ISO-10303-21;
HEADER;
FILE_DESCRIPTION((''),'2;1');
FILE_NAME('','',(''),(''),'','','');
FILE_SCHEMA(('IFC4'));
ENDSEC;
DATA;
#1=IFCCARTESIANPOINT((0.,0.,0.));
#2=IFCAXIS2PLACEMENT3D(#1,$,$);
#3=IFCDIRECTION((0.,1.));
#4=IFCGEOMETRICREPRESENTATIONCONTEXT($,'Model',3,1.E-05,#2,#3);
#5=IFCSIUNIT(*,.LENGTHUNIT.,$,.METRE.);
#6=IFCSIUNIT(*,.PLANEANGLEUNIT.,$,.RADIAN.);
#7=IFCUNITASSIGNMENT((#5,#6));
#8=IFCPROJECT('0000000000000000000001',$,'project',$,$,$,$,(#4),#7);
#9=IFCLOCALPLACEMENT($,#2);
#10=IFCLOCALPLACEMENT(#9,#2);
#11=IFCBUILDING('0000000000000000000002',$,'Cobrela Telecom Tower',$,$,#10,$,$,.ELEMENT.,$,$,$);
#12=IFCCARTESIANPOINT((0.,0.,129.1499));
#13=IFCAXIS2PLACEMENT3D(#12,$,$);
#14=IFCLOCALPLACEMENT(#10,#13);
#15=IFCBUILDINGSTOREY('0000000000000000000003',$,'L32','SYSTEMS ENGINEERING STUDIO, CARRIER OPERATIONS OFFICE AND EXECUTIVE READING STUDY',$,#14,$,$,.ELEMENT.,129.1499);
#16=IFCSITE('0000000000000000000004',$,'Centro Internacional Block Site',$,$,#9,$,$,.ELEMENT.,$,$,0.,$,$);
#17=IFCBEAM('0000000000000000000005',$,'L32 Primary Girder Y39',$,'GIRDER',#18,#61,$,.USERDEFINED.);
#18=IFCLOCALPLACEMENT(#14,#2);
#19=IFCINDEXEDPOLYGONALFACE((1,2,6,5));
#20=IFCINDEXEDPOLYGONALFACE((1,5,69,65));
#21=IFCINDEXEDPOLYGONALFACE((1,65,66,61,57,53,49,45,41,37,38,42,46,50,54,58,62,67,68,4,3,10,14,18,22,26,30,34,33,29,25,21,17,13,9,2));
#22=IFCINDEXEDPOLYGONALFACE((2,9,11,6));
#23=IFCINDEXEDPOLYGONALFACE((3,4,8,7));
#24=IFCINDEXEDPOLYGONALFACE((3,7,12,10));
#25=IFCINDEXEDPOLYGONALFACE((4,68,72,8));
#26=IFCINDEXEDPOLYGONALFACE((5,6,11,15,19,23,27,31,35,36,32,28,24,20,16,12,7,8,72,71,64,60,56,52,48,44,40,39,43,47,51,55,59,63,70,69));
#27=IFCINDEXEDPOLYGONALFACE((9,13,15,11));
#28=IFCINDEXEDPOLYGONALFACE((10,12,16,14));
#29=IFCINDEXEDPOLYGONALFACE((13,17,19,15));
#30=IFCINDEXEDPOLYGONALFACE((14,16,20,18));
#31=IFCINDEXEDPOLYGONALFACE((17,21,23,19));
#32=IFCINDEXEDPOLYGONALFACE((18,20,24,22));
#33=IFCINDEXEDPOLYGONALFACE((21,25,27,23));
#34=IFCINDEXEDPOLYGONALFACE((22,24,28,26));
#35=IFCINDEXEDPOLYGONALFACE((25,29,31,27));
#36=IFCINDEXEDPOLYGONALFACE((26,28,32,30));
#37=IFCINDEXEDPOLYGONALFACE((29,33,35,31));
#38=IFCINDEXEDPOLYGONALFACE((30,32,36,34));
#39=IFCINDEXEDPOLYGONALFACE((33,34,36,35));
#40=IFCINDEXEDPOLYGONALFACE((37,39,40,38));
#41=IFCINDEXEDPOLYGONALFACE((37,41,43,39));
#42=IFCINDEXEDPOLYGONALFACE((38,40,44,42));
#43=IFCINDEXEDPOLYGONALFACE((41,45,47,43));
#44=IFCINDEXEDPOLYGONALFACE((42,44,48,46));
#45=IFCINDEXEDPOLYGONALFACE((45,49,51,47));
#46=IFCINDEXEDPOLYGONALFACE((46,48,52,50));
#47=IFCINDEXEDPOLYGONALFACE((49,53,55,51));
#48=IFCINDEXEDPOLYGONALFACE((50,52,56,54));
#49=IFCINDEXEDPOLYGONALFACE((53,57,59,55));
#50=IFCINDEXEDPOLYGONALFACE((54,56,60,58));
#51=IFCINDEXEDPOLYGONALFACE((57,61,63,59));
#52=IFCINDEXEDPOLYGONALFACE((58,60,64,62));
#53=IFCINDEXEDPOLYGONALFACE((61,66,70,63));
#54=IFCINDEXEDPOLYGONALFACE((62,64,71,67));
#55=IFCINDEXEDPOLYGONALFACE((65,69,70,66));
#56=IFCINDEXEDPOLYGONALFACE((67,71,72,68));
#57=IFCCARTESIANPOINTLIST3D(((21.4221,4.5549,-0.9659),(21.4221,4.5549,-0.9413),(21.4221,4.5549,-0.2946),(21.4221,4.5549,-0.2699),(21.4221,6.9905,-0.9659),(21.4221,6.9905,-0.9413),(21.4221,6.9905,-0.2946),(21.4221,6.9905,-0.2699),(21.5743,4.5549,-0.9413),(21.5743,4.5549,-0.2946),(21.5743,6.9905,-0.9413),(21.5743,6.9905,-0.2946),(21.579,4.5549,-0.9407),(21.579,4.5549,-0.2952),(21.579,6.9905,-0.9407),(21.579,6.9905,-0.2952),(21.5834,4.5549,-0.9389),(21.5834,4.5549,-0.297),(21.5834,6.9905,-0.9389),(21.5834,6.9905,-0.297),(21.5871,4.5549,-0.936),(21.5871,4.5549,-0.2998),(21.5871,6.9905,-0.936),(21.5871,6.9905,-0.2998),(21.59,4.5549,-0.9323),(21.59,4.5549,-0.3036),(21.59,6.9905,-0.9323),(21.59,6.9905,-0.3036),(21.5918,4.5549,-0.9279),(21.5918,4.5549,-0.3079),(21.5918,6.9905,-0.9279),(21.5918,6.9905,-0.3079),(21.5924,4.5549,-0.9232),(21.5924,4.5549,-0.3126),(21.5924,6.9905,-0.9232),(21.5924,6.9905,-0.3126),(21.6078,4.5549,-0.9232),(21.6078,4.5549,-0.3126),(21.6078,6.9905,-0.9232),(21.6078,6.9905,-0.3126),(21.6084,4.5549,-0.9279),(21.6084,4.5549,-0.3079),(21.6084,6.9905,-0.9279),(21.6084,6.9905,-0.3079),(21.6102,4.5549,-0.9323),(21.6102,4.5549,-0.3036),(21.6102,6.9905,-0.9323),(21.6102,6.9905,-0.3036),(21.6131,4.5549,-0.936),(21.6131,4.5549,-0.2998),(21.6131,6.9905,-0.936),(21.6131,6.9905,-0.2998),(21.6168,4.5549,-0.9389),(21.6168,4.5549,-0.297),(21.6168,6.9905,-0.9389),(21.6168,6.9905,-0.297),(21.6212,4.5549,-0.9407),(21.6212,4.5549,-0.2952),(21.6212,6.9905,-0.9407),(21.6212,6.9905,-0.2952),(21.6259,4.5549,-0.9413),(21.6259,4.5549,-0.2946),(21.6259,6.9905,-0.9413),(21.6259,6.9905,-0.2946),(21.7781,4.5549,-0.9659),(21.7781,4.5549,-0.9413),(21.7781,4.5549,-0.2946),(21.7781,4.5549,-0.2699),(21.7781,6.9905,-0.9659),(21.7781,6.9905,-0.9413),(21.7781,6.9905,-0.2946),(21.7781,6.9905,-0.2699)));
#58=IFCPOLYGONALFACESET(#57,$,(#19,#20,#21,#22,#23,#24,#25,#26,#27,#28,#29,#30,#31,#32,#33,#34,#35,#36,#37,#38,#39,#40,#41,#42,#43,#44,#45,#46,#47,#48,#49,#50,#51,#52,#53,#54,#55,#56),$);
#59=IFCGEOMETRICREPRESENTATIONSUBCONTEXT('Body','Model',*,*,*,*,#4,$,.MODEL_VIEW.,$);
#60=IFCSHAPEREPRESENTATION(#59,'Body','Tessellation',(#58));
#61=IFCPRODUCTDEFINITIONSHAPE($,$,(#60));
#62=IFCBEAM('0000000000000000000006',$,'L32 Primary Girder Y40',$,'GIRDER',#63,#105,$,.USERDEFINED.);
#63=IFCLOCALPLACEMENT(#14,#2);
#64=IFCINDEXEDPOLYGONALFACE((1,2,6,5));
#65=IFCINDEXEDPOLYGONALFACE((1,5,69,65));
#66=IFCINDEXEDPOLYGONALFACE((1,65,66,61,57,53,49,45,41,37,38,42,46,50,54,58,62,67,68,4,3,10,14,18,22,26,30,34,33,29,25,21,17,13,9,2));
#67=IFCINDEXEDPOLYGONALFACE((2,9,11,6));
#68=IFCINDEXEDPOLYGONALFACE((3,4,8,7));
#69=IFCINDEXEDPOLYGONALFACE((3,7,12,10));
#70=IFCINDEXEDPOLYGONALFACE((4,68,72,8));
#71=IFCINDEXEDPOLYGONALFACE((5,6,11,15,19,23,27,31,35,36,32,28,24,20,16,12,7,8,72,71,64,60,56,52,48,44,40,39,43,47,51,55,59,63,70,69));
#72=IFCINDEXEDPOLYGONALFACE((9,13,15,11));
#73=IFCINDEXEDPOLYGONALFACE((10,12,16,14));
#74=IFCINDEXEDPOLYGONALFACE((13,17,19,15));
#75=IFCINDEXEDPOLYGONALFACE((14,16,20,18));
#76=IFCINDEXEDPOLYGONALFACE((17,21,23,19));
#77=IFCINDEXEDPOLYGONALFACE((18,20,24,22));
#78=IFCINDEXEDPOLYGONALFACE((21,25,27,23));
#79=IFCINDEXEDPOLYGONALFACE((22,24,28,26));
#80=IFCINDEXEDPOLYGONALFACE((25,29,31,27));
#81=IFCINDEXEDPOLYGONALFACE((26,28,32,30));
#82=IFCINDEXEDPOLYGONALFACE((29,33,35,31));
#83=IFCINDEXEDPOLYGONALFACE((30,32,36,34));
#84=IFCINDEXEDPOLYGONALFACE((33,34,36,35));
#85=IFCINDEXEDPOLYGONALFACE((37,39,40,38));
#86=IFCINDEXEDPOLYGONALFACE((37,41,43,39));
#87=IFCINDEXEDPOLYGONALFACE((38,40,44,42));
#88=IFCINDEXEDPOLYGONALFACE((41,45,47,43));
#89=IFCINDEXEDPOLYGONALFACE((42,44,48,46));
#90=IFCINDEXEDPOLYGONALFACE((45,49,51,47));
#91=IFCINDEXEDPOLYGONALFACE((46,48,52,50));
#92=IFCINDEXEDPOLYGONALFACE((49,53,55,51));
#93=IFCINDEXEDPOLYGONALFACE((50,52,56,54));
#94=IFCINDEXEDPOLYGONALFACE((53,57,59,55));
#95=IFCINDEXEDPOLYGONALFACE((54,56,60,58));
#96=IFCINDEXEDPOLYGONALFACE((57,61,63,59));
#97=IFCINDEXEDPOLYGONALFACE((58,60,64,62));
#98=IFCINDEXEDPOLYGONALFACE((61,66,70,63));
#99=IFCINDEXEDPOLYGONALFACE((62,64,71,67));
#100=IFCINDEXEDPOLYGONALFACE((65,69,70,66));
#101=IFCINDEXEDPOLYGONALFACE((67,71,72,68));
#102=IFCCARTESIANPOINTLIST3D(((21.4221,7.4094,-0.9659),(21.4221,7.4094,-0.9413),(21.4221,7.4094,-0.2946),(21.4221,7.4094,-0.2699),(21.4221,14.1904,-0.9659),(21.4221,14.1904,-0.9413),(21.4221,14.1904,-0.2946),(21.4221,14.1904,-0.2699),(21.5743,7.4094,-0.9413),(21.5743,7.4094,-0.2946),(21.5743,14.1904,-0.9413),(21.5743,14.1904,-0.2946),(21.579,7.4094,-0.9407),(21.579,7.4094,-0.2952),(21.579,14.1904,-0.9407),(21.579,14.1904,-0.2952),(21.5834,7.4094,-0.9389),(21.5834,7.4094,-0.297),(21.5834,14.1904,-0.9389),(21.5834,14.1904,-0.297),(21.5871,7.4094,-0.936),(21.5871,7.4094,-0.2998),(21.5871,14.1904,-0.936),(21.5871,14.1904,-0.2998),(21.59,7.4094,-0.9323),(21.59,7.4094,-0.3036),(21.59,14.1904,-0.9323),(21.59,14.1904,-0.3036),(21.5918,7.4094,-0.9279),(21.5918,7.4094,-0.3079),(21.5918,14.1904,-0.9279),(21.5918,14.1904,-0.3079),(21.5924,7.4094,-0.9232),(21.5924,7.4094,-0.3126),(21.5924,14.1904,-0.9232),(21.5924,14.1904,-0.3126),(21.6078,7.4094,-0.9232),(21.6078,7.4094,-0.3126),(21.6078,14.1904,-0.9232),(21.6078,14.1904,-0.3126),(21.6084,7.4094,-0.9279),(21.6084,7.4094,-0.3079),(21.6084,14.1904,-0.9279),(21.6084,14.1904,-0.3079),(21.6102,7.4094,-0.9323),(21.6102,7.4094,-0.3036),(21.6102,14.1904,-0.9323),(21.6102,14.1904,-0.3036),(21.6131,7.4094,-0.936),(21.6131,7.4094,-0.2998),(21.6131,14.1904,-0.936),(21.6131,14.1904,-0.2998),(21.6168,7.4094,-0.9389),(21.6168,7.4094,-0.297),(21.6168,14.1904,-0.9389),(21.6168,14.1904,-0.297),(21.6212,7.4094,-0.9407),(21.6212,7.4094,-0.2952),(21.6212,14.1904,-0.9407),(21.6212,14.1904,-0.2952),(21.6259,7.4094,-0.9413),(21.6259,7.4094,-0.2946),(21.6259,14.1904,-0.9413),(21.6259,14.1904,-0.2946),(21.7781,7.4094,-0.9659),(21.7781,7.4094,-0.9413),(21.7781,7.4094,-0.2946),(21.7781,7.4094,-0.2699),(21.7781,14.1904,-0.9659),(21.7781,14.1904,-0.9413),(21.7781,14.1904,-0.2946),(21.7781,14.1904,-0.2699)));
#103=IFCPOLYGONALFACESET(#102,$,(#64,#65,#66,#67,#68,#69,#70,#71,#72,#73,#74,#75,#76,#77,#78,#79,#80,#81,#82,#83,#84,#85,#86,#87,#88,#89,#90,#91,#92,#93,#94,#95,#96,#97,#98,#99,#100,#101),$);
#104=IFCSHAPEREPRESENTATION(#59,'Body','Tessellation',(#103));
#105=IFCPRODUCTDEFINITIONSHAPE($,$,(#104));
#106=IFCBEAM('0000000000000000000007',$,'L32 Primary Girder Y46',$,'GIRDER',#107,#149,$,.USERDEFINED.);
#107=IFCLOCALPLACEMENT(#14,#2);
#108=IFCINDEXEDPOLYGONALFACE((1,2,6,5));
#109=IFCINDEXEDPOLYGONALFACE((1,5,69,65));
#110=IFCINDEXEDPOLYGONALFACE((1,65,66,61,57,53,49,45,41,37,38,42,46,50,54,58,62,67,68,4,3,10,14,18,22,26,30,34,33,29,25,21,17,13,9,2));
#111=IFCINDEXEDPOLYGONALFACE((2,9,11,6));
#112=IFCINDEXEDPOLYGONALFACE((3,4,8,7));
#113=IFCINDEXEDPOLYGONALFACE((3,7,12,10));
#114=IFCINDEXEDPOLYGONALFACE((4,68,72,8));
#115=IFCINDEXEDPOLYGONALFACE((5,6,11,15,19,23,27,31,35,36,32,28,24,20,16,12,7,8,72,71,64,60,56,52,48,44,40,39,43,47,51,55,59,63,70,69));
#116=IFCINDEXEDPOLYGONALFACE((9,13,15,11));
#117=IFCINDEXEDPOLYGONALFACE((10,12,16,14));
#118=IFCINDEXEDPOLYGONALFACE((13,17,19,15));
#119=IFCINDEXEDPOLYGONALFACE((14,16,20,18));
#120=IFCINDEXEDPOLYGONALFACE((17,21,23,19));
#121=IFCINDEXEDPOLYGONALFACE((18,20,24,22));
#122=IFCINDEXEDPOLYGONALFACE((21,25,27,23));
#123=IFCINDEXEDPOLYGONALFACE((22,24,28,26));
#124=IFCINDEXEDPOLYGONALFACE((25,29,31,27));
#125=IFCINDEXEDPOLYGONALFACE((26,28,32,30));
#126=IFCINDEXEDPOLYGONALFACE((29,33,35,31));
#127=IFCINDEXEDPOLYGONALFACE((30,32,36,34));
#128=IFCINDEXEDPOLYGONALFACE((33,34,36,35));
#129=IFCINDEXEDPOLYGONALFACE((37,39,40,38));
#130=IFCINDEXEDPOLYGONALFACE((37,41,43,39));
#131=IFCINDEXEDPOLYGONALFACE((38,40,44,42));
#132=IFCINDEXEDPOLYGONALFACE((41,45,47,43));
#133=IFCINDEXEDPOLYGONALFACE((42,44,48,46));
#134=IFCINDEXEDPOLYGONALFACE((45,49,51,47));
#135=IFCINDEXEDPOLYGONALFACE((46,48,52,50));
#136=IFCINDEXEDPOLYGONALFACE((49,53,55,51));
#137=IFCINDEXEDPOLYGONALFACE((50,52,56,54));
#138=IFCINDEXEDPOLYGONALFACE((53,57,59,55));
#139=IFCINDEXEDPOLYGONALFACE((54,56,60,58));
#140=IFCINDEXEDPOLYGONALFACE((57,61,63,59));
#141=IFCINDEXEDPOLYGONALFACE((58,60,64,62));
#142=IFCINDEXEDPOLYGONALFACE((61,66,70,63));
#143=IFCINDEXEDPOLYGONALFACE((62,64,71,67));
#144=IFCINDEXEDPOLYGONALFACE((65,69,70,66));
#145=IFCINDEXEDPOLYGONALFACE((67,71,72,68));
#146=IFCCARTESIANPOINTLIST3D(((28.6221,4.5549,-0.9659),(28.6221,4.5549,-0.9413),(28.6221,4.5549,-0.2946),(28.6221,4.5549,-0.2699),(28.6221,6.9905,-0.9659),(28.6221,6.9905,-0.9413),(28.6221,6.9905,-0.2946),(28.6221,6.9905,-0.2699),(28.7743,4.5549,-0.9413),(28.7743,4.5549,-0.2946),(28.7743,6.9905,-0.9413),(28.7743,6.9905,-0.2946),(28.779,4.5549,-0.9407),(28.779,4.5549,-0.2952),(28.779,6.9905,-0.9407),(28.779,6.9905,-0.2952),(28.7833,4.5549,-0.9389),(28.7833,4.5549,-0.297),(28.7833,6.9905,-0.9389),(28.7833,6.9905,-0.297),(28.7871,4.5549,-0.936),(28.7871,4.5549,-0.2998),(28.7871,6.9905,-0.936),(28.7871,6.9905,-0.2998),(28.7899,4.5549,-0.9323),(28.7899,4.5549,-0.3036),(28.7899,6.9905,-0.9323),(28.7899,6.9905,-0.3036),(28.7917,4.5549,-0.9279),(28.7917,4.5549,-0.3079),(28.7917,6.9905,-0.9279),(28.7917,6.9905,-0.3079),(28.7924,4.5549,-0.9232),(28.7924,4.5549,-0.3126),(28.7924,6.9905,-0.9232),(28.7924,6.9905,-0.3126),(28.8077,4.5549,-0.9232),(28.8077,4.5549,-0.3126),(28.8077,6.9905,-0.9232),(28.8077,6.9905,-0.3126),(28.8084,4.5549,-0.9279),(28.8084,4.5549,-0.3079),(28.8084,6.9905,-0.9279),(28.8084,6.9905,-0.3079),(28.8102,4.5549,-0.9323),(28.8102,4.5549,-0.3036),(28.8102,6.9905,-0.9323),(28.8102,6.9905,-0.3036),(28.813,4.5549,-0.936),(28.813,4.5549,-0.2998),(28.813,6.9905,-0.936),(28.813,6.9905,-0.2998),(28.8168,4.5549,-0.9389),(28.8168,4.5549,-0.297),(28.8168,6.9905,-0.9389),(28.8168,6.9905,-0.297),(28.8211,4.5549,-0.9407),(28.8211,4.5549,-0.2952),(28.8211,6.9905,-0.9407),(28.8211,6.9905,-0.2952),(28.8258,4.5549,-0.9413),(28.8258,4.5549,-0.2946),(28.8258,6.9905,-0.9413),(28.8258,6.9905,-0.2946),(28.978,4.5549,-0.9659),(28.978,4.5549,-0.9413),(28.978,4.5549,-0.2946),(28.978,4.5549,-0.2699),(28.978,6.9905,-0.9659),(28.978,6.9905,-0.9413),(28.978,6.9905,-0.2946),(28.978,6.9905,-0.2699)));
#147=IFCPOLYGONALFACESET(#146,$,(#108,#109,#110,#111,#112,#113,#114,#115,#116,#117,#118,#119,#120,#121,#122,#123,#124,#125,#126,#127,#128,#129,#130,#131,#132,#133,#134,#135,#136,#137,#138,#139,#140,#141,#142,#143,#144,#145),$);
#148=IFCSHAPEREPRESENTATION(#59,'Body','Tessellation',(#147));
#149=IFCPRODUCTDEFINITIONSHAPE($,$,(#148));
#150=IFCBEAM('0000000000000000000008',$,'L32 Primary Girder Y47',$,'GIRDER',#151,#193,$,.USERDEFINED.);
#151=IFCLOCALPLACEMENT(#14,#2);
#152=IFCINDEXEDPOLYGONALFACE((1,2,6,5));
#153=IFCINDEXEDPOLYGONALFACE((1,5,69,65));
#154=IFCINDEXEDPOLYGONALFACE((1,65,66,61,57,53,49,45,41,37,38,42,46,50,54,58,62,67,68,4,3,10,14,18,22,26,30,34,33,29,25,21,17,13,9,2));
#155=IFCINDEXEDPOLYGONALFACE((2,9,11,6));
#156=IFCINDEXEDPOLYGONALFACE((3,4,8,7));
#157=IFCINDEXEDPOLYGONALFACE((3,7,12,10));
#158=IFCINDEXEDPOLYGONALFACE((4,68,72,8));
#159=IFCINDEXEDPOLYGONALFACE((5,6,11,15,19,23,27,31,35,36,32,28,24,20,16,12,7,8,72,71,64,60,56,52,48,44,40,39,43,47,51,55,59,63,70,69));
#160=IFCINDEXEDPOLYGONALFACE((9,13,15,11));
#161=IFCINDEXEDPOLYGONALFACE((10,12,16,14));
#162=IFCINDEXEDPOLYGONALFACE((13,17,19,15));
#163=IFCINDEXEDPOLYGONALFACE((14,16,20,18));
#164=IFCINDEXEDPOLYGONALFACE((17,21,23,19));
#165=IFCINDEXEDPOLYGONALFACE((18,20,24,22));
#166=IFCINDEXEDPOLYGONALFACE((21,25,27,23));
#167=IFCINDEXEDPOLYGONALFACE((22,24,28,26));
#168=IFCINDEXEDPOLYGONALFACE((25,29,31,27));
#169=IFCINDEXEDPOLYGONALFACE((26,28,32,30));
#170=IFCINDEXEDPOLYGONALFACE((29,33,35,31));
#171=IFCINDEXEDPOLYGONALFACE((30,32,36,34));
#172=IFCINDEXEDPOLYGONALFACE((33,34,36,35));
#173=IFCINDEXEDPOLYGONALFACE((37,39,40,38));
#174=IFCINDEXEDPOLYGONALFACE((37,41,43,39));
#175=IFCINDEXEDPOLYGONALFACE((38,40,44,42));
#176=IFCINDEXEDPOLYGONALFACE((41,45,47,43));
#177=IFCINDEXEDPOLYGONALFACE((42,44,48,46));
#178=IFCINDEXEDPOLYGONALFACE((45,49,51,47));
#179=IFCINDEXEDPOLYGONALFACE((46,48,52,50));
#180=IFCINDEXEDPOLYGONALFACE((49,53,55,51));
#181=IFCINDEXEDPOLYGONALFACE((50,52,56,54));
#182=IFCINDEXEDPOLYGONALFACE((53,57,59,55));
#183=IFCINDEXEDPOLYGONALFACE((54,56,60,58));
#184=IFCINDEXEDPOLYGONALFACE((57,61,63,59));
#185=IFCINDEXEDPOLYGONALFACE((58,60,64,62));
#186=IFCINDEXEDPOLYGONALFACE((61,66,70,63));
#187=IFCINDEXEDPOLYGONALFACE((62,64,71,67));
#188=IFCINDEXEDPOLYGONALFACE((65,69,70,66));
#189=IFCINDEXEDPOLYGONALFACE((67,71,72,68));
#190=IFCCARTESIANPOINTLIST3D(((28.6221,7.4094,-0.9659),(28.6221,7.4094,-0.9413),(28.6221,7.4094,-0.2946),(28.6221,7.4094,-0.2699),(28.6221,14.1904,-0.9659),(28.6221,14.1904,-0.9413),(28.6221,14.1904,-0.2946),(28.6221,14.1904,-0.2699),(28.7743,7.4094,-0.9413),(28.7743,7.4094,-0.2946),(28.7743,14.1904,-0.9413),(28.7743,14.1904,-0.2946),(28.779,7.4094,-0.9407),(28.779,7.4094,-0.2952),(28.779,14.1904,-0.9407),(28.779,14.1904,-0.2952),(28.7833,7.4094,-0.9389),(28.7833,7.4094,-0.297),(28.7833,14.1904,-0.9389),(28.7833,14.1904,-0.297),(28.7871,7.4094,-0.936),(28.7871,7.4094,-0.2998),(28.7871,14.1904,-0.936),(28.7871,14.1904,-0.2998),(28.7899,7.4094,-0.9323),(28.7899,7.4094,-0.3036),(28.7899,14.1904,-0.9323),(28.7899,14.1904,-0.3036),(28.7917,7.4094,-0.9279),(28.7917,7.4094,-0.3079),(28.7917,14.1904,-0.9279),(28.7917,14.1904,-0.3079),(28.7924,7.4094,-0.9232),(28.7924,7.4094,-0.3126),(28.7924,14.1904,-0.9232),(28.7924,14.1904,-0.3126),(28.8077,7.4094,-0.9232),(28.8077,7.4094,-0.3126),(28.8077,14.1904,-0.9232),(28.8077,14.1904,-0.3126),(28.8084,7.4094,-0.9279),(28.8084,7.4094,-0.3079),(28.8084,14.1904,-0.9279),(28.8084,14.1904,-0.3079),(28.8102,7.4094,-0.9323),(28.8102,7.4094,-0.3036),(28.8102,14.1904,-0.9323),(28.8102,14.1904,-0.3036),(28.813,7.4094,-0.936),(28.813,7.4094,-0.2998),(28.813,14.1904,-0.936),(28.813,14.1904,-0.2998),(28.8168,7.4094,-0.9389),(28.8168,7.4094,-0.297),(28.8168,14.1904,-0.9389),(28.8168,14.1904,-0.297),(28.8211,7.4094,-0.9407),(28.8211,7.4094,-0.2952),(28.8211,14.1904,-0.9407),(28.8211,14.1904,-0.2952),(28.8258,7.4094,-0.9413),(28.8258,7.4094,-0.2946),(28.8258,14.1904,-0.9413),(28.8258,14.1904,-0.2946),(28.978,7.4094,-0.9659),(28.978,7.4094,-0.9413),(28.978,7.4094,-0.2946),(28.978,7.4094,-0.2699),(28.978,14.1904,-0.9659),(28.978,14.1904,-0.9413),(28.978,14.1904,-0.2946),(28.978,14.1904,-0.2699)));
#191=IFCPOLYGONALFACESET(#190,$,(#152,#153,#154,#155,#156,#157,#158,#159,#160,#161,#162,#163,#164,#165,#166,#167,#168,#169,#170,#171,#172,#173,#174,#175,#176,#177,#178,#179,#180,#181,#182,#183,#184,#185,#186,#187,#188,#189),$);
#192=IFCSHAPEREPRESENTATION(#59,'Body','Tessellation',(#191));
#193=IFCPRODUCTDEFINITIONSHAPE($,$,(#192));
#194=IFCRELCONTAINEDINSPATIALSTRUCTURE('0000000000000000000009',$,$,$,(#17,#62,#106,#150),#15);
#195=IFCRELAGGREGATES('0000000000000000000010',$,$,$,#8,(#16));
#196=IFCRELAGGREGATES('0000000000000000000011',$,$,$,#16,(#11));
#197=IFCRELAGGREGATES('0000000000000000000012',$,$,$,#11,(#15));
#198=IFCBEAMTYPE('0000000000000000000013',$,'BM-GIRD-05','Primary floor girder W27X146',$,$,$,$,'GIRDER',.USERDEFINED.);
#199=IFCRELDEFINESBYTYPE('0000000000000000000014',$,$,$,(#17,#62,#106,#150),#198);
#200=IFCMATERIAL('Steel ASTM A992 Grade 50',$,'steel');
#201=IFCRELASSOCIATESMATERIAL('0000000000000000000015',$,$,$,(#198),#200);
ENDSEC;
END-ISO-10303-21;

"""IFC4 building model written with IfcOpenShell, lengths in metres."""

from ifc_helpers import new_model, si_unit, direction, frame, origin, origin_2d, place, context, subcontext, project, spatial, i_section, extrude, material, material_profile, profile_set, type_object, element, save


model = new_model("IFC4")

# Units and contexts
model_context = context("Model", 3, precision=1e-05, world=origin(), true_north=direction((0.0, 1.0)))
body_context = subcontext(model_context, "Body", "Model", "MODEL_VIEW")
ifc_project = project(units=[si_unit("LENGTHUNIT", "METRE"), si_unit("PLANEANGLEUNIT", "RADIAN")], contexts=[model_context])

# Site, building, storey
site_placement = place(None, origin())
site = spatial("IfcSite", under=ifc_project, at=site_placement, Name="Centro Internacional Block Site", CompositionType="ELEMENT", RefElevation=0.0)
building_placement = place(site_placement, origin())
building = spatial("IfcBuilding", under=site, at=building_placement, Name="Cobrela Telecom Tower", CompositionType="ELEMENT")
storey_placement = place(building_placement, frame((0.0, 0.0, 129.1499)))
storey = spatial("IfcBuildingStorey", under=building, at=storey_placement, Name="L32", Description="SYSTEMS ENGINEERING STUDIO, CARRIER OPERATIONS OFFICE AND EXECUTIVE READING STUDY", CompositionType="ELEMENT", Elevation=129.1499)

# Shared definitions
ifc_material_1 = material(Name="Steel ASTM A992 Grade 50", Category="steel")

# Beams
ifc_material_profile_1 = material_profile(ifc_material_1, i_section(OverallWidth=0.356, OverallDepth=0.696, WebThickness=0.0154, FlangeThickness=0.0247, FilletRadius=0.0181, at=origin_2d()), Name="W27X146")
ifc_profile_set_1 = profile_set([ifc_material_profile_1], Name="Steel ASTM A992 Grade 50")
beam_type_1 = type_object("IfcBeamType", Name="BM-GIRD-05", Description="Primary floor girder W27X146", ElementType="GIRDER", PredefinedType="USERDEFINED", material=ifc_profile_set_1)
beam_1_placement = place(storey_placement, frame((21.6001, 4.5549, -0.6179), z_axis=(0.0, 1.0, 0.0), x_axis=(-1.0, 0.0, 0.0)))
element("IfcBeam", 1, at=beam_1_placement, inside=storey, type_object=beam_type_1, Name="L32 Primary Girder Y39", ObjectType="GIRDER", PredefinedType="USERDEFINED", context=body_context, shape_type="SweptSolid", body=[
    extrude(i_section(OverallWidth=0.356, OverallDepth=0.696, WebThickness=0.0154, FlangeThickness=0.0247, FilletRadius=0.0181, at=origin_2d()), origin(), (0.0, 0.0, 1.0), 2.4355),
])
beam_2_placement = place(storey_placement, frame((21.6001, 7.4094, -0.6179), z_axis=(0.0, 1.0, 0.0), x_axis=(-1.0, 0.0, 0.0)))
element("IfcBeam", 2, at=beam_2_placement, inside=storey, type_object=beam_type_1, Name="L32 Primary Girder Y40", ObjectType="GIRDER", PredefinedType="USERDEFINED", context=body_context, shape_type="SweptSolid", body=[
    extrude(i_section(OverallWidth=0.356, OverallDepth=0.696, WebThickness=0.0154, FlangeThickness=0.0247, FilletRadius=0.0181, at=origin_2d()), origin(), (0.0, 0.0, 1.0), 6.781),
])
beam_3_placement = place(storey_placement, frame((28.8, 4.5549, -0.6179), z_axis=(0.0, 1.0, 0.0), x_axis=(-1.0, 0.0, 0.0)))
element("IfcBeam", 3, at=beam_3_placement, inside=storey, type_object=beam_type_1, Name="L32 Primary Girder Y46", ObjectType="GIRDER", PredefinedType="USERDEFINED", context=body_context, shape_type="SweptSolid", body=[
    extrude(i_section(OverallWidth=0.356, OverallDepth=0.696, WebThickness=0.0154, FlangeThickness=0.0247, FilletRadius=0.0181, at=origin_2d()), origin(), (0.0, 0.0, 1.0), 2.4355),
])
beam_4_placement = place(storey_placement, frame((28.8, 7.4094, -0.6179), z_axis=(0.0, 1.0, 0.0), x_axis=(-1.0, 0.0, 0.0)))
element("IfcBeam", 4, at=beam_4_placement, inside=storey, type_object=beam_type_1, Name="L32 Primary Girder Y47", ObjectType="GIRDER", PredefinedType="USERDEFINED", context=body_context, shape_type="SweptSolid", body=[
    extrude(i_section(OverallWidth=0.356, OverallDepth=0.696, WebThickness=0.0154, FlangeThickness=0.0247, FilletRadius=0.0181, at=origin_2d()), origin(), (0.0, 0.0, 1.0), 6.781),
])

save(model, "model.ifc")
